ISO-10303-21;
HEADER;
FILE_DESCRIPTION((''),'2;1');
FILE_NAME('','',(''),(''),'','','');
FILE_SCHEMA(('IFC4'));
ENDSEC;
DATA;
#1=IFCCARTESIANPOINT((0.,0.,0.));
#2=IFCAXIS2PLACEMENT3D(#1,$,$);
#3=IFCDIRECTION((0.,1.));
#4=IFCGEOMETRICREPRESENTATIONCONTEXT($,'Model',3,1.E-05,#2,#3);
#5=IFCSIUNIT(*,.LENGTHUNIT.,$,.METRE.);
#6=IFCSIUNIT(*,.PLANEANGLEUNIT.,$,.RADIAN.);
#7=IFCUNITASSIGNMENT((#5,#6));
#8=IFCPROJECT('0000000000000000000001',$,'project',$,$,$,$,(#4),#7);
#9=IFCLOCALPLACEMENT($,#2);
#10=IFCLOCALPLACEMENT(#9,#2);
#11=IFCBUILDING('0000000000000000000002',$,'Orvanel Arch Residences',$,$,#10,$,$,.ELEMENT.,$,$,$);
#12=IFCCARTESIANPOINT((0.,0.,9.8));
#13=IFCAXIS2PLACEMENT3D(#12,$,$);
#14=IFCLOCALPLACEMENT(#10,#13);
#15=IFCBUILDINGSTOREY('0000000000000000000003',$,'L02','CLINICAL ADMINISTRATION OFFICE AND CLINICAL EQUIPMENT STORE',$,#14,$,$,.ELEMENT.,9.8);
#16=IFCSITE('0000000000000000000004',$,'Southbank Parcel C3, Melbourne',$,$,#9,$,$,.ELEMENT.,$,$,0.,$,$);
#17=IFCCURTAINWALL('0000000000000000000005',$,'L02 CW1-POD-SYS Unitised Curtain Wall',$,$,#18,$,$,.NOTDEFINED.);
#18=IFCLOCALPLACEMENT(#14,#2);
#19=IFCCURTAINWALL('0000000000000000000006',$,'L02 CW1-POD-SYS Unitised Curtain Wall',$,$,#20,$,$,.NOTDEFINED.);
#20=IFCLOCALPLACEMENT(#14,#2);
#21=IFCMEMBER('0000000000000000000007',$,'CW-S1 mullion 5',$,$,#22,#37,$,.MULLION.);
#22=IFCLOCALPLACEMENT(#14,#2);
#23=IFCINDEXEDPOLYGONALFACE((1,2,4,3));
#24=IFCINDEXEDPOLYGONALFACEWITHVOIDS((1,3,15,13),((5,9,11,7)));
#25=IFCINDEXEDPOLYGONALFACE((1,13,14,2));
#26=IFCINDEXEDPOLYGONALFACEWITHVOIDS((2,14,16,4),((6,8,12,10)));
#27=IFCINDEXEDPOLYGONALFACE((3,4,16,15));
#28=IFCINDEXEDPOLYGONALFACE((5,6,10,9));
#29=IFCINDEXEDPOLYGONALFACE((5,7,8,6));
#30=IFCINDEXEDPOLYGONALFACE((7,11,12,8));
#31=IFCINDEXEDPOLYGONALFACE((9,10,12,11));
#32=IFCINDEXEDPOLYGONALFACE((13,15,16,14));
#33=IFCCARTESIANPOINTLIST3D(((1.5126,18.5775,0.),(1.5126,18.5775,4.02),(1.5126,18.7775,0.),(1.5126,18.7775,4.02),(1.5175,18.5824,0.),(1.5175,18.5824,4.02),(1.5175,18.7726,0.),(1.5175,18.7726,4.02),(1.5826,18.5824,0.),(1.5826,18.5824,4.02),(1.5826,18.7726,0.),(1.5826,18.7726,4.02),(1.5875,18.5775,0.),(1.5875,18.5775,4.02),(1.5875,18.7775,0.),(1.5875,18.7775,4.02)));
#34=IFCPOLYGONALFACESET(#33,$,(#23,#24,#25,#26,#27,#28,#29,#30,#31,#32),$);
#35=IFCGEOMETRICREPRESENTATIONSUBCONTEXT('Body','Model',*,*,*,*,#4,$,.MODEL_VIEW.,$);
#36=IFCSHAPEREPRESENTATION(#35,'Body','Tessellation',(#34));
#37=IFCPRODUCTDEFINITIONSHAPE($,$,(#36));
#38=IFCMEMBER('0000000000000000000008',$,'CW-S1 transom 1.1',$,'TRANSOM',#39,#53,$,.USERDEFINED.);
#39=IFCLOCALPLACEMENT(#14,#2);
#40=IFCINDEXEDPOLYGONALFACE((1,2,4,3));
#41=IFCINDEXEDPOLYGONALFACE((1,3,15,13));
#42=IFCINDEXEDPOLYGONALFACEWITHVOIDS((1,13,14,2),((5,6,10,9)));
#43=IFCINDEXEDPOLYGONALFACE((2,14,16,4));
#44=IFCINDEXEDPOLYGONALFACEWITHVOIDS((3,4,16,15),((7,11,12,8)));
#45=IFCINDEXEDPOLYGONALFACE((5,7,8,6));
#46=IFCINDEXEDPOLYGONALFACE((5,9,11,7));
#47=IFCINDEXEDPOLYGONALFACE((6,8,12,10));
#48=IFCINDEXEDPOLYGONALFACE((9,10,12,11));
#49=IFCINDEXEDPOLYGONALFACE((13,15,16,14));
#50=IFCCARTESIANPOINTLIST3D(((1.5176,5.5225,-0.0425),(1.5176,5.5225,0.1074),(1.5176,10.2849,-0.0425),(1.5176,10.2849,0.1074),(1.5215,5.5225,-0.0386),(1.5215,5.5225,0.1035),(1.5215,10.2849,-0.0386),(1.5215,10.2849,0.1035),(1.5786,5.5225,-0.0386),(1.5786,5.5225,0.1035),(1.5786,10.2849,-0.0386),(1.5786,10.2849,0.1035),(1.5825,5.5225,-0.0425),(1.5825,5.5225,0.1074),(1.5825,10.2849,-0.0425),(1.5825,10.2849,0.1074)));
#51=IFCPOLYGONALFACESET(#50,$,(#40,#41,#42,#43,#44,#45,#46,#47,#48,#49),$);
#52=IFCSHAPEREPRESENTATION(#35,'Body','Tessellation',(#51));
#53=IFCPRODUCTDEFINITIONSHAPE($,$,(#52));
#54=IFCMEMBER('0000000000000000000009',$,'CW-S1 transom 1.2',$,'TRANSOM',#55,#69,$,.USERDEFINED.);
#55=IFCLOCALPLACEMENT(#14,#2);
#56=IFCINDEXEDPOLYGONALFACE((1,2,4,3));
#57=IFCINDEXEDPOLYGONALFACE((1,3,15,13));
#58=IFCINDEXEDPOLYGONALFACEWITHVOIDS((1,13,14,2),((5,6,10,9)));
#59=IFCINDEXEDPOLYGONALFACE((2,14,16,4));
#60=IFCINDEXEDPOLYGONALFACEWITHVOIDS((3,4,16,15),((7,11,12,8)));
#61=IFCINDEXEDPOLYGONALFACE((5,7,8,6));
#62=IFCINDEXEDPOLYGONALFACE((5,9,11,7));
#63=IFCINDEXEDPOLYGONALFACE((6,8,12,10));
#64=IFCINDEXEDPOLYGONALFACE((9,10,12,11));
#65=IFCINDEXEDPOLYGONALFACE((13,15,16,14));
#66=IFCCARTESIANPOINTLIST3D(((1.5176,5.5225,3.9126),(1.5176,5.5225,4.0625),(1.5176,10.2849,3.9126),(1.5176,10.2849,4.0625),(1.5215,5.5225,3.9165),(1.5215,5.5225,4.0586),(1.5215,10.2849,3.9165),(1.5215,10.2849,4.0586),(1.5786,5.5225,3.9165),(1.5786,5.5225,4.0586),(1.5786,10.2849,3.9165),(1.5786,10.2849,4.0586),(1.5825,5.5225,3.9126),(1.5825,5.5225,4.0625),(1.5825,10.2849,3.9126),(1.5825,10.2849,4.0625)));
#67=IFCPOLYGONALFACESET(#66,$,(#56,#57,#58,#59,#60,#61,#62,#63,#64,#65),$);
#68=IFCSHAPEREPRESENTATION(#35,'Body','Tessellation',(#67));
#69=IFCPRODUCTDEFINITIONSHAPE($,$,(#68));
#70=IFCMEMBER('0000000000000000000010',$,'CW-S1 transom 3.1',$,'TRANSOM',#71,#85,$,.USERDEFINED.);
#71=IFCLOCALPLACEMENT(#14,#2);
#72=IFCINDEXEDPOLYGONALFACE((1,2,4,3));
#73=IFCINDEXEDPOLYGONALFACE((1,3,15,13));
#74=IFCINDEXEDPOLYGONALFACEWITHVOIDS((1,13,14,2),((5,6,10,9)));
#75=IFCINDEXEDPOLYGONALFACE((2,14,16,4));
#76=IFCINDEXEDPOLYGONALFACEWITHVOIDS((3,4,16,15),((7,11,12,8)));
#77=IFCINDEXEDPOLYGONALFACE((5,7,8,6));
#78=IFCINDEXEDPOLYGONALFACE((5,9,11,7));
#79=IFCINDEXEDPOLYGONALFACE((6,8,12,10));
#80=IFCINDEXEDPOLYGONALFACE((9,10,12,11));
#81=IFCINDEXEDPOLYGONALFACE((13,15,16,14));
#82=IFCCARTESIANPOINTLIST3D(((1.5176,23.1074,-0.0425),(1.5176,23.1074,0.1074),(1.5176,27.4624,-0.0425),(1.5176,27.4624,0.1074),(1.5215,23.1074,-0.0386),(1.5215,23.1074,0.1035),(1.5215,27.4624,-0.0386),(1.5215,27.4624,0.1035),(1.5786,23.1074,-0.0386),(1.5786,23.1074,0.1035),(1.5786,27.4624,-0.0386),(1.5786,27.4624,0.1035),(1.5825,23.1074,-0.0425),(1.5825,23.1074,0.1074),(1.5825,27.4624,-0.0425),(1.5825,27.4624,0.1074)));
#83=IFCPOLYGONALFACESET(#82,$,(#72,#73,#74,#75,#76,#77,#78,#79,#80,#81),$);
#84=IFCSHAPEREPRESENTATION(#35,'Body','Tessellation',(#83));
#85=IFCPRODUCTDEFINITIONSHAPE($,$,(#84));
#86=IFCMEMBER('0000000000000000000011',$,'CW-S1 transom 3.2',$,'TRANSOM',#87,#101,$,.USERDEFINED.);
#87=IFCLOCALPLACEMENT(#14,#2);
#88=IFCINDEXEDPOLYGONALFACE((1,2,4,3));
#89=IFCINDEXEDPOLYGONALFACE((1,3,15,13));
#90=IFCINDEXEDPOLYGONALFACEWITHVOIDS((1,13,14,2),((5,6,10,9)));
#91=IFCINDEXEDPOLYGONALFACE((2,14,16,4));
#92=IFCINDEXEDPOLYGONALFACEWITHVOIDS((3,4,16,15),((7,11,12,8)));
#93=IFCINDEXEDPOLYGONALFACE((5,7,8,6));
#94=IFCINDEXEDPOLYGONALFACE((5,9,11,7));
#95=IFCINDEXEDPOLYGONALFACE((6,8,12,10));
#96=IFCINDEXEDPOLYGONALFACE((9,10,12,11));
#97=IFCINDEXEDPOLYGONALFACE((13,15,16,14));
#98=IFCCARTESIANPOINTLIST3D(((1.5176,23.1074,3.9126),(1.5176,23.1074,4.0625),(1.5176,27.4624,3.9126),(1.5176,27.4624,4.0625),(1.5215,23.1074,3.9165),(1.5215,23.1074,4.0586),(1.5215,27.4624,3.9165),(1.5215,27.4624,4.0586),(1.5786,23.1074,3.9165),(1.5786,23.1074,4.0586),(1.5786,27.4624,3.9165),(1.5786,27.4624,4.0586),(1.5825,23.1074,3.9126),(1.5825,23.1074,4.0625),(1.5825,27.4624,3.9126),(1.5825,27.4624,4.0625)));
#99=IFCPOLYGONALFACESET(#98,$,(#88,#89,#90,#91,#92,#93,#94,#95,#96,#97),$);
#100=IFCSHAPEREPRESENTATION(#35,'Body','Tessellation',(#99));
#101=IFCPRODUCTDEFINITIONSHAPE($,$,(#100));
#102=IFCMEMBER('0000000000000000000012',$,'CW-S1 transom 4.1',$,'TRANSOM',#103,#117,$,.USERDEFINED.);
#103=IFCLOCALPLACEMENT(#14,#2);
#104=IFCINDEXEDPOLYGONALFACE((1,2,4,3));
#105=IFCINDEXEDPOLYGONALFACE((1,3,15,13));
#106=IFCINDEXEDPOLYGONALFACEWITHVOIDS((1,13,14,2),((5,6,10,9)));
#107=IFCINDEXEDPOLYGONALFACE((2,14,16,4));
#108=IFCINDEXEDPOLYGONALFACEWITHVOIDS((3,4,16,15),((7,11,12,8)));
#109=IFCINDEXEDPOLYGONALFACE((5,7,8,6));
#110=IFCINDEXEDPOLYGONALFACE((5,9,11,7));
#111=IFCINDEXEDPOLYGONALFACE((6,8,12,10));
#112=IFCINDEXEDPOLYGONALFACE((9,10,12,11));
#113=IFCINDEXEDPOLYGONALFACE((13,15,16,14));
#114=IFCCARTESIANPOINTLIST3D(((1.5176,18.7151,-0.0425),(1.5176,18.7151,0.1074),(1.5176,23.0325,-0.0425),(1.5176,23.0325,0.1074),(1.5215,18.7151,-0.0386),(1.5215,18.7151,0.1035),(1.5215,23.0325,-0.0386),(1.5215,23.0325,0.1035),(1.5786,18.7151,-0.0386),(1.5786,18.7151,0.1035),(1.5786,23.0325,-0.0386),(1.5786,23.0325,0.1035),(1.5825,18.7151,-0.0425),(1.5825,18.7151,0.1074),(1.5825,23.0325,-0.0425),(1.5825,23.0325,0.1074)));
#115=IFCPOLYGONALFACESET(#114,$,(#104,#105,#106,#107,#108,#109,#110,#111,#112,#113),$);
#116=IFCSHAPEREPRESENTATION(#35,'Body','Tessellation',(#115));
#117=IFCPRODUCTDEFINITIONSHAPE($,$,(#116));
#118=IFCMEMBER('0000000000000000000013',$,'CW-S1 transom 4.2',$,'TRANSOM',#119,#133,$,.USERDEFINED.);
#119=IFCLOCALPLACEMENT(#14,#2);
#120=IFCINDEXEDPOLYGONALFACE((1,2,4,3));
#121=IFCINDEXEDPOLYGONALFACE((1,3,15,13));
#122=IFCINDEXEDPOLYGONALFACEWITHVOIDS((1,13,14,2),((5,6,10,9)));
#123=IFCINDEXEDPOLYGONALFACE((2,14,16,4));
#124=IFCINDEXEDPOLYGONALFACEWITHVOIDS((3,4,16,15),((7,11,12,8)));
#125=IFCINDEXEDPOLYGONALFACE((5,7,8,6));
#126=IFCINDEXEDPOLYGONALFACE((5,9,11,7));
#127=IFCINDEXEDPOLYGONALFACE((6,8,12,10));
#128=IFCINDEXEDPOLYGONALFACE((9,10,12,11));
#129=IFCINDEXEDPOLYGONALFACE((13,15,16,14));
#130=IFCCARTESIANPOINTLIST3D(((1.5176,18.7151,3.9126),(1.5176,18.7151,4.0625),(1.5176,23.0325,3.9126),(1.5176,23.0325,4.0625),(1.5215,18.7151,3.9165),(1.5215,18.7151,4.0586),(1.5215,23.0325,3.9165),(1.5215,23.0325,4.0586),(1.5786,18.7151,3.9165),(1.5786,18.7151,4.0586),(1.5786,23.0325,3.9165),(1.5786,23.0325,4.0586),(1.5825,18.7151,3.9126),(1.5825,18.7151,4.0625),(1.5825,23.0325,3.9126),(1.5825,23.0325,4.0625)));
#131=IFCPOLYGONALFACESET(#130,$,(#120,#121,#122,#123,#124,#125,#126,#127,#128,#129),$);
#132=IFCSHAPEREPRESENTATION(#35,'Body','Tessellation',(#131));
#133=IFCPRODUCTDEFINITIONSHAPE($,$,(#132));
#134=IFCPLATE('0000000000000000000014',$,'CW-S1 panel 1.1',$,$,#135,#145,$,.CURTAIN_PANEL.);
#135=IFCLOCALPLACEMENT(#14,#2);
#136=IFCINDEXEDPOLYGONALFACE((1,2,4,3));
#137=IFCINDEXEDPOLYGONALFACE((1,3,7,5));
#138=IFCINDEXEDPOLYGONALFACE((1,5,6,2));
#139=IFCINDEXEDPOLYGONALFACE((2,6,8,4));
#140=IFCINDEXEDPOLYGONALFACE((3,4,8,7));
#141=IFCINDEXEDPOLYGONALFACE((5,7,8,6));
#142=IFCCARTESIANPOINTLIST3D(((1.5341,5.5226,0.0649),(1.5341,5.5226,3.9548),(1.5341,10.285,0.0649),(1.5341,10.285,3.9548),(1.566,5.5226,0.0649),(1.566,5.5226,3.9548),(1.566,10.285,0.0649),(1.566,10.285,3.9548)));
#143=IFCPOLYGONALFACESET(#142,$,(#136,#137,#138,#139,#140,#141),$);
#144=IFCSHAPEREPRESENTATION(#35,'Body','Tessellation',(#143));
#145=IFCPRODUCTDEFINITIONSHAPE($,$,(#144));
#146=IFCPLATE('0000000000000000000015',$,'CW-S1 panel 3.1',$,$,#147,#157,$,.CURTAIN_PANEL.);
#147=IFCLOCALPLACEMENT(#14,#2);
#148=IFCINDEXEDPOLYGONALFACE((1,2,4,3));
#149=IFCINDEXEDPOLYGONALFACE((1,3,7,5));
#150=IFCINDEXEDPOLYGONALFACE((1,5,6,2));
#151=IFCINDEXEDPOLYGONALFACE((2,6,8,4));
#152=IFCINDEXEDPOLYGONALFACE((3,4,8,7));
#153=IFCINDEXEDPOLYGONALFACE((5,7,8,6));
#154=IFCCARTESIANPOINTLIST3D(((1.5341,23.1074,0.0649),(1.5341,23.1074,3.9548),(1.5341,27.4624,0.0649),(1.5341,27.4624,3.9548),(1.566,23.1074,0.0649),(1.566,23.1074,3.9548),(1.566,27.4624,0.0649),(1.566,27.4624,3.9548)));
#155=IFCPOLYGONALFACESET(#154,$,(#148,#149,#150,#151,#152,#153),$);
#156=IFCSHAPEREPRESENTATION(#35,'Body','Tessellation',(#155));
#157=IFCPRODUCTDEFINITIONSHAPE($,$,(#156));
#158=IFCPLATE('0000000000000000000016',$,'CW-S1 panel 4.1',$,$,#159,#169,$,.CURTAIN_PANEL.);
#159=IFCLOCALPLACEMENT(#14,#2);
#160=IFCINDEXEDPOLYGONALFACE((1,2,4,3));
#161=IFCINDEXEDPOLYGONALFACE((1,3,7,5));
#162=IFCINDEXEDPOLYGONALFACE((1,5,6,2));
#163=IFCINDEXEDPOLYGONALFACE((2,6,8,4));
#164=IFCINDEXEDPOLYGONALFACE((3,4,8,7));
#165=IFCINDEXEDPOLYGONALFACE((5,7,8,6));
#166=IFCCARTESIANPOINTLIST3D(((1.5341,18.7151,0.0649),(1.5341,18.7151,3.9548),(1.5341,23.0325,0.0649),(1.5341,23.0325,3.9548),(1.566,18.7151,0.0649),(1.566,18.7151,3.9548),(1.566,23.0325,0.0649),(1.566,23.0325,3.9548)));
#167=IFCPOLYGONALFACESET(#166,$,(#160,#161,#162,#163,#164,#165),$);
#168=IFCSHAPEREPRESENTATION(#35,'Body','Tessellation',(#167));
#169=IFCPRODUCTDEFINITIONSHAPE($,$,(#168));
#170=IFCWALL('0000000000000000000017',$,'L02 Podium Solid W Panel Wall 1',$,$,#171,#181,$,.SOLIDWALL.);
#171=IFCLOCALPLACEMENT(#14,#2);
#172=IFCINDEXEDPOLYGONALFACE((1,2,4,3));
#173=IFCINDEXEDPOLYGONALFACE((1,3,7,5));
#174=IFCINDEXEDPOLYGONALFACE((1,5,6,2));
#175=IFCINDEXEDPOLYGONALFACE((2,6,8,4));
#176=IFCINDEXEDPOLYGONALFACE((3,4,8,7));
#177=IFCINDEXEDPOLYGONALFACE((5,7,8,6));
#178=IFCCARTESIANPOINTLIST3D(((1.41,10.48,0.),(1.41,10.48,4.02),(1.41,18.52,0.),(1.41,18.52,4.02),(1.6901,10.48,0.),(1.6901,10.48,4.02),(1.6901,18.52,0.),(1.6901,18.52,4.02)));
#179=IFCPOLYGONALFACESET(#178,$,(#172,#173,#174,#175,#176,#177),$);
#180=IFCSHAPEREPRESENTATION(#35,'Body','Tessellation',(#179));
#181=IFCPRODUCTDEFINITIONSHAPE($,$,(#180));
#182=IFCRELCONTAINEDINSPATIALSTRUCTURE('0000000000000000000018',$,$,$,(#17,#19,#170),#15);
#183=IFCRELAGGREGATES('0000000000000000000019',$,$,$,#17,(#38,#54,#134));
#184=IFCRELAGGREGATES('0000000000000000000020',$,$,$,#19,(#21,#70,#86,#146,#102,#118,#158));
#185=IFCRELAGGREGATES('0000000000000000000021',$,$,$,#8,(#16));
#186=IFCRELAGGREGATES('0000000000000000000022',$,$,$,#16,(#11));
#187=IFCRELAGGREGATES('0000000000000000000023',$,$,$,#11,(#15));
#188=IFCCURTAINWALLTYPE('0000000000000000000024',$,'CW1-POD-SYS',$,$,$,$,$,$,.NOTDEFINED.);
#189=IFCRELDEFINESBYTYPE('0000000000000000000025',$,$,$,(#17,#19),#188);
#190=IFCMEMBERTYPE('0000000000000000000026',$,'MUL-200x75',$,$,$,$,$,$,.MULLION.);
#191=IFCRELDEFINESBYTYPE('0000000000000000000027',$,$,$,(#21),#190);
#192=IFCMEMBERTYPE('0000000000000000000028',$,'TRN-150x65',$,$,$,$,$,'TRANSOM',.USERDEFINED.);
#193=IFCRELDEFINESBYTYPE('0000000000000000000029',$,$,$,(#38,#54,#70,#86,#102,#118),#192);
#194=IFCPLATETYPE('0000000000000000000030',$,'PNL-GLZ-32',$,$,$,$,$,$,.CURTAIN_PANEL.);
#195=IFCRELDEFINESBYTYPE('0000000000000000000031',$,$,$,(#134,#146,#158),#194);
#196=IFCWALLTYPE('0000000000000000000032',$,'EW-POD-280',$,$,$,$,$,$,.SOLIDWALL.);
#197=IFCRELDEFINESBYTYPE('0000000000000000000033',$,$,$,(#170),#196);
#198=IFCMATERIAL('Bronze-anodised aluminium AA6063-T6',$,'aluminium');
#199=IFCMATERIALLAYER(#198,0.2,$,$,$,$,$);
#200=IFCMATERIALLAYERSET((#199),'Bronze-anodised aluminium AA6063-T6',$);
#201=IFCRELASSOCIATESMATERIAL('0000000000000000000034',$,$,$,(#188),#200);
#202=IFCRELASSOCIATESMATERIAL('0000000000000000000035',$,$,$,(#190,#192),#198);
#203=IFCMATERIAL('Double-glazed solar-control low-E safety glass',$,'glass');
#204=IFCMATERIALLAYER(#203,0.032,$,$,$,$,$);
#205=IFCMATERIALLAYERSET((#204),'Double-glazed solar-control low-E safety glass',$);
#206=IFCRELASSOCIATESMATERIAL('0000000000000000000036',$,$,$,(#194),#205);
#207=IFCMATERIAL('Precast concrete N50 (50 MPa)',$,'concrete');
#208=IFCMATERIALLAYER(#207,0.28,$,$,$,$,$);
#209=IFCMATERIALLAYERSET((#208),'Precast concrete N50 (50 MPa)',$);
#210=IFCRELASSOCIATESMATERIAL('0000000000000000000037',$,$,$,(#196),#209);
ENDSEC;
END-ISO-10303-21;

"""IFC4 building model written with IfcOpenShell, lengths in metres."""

from ifc_helpers import new_model, si_unit, direction, frame, frame_2d, origin, origin_2d, place, context, subcontext, project, spatial, rectangle, hollow_rectangle, extrude, material, layer, layer_set, material_profile, profile_set, type_object, element, aggregate, save


model = new_model("IFC4")

# Units and contexts
model_context = context("Model", 3, precision=1e-05, world=origin(), true_north=direction((0.0, 1.0)))
body_context = subcontext(model_context, "Body", "Model", "MODEL_VIEW")
ifc_project = project(units=[si_unit("LENGTHUNIT", "METRE"), si_unit("PLANEANGLEUNIT", "RADIAN")], contexts=[model_context])

# Site, building, storey
site_placement = place(None, origin())
site = spatial("IfcSite", under=ifc_project, at=site_placement, Name="Southbank Parcel C3, Melbourne", CompositionType="ELEMENT", RefElevation=0.0)
building_placement = place(site_placement, origin())
building = spatial("IfcBuilding", under=site, at=building_placement, Name="Orvanel Arch Residences", CompositionType="ELEMENT")
storey_placement = place(building_placement, frame((0.0, 0.0, 9.8)))
storey = spatial("IfcBuildingStorey", under=building, at=storey_placement, Name="L02", Description="CLINICAL ADMINISTRATION OFFICE AND CLINICAL EQUIPMENT STORE", CompositionType="ELEMENT", Elevation=9.8)

# Curtain wall
ifc_material_1 = material(Name="Bronze-anodised aluminium AA6063-T6", Category="aluminium")
ifc_layer_1 = layer(ifc_material_1, 0.2)
ifc_layer_set_1 = layer_set([ifc_layer_1], Name="Bronze-anodised aluminium AA6063-T6")
curtain_wall_type = type_object("IfcCurtainWallType", Name="CW1-POD-SYS", PredefinedType="NOTDEFINED", material=ifc_layer_set_1)
curtain_wall_1_placement = place(storey_placement, origin())
curtain_wall_1 = element("IfcCurtainWall", 1, at=curtain_wall_1_placement, inside=storey, type_object=curtain_wall_type, Name="L02 CW1-POD-SYS Unitised Curtain Wall", PredefinedType="NOTDEFINED")
ifc_material_profile_1 = material_profile(ifc_material_1, hollow_rectangle(XDim=0.075, YDim=0.2, WallThickness=0.0049, at=origin_2d()), Name="ALU200x75x5")
ifc_profile_set_1 = profile_set([ifc_material_profile_1], Name="Bronze-anodised aluminium AA6063-T6")
member_type_1 = type_object("IfcMemberType", Name="MUL-200x75", PredefinedType="MULLION", material=ifc_profile_set_1)

# Curtain wall, member
curtain_wall_2_placement = place(storey_placement, origin())
curtain_wall_2 = element("IfcCurtainWall", 2, at=curtain_wall_2_placement, inside=storey, type_object=curtain_wall_type, Name="L02 CW1-POD-SYS Unitised Curtain Wall", PredefinedType="NOTDEFINED")
member_1_placement = place(storey_placement, frame((1.55, 18.6775, 0.0), z_axis=(0.0, 0.0, 1.0), x_axis=(1.0, 0.0, 0.0)))
member_1 = element("IfcMember", 3, at=member_1_placement, type_object=member_type_1, Name="CW-S1 mullion 5", PredefinedType="MULLION", context=body_context, shape_type="SweptSolid", body=[
    extrude(hollow_rectangle(XDim=0.075, YDim=0.2, WallThickness=0.0049, at=origin_2d()), origin(), (0.0, 0.0, 1.0), 4.02),
])

# Members
ifc_material_profile_2 = material_profile(ifc_material_1, hollow_rectangle(XDim=0.0649, YDim=0.1499, WallThickness=0.0039, at=origin_2d()), Name="ALU150x65x4")
ifc_profile_set_2 = profile_set([ifc_material_profile_2], Name="Bronze-anodised aluminium AA6063-T6")
member_type_2 = type_object("IfcMemberType", Name="TRN-150x65", ElementType="TRANSOM", PredefinedType="USERDEFINED", material=ifc_profile_set_2)
member_2_placement = place(storey_placement, frame((1.55, 10.2849, 0.0325), z_axis=(0.0, -1.0, 0.0), x_axis=(1.0, 0.0, 0.0)))
member_2 = element("IfcMember", 4, at=member_2_placement, type_object=member_type_2, Name="CW-S1 transom 1.1", ObjectType="TRANSOM", PredefinedType="USERDEFINED", context=body_context, shape_type="SweptSolid", body=[
    extrude(hollow_rectangle(XDim=0.0649, YDim=0.1499, WallThickness=0.0039, at=origin_2d()), origin(), (0.0, 0.0, 1.0), 4.7625),
])
member_3_placement = place(storey_placement, frame((1.55, 10.2849, 3.9875), z_axis=(0.0, -1.0, 0.0), x_axis=(1.0, 0.0, 0.0)))
member_3 = element("IfcMember", 5, at=member_3_placement, type_object=member_type_2, Name="CW-S1 transom 1.2", ObjectType="TRANSOM", PredefinedType="USERDEFINED", context=body_context, shape_type="SweptSolid", body=[
    extrude(hollow_rectangle(XDim=0.0649, YDim=0.1499, WallThickness=0.0039, at=origin_2d()), origin(), (0.0, 0.0, 1.0), 4.7625),
])
member_4_placement = place(storey_placement, frame((1.55, 27.4624, 0.0325), z_axis=(0.0, -1.0, 0.0), x_axis=(1.0, 0.0, 0.0)))
member_4 = element("IfcMember", 6, at=member_4_placement, type_object=member_type_2, Name="CW-S1 transom 3.1", ObjectType="TRANSOM", PredefinedType="USERDEFINED", context=body_context, shape_type="SweptSolid", body=[
    extrude(hollow_rectangle(XDim=0.0649, YDim=0.1499, WallThickness=0.0039, at=origin_2d()), origin(), (0.0, 0.0, 1.0), 4.355),
])
member_5_placement = place(storey_placement, frame((1.55, 27.4624, 3.9875), z_axis=(0.0, -1.0, 0.0), x_axis=(1.0, 0.0, 0.0)))
member_5 = element("IfcMember", 7, at=member_5_placement, type_object=member_type_2, Name="CW-S1 transom 3.2", ObjectType="TRANSOM", PredefinedType="USERDEFINED", context=body_context, shape_type="SweptSolid", body=[
    extrude(hollow_rectangle(XDim=0.0649, YDim=0.1499, WallThickness=0.0039, at=origin_2d()), origin(), (0.0, 0.0, 1.0), 4.355),
])
member_6_placement = place(storey_placement, frame((1.55, 23.0325, 0.0325), z_axis=(0.0, -1.0, 0.0), x_axis=(1.0, 0.0, 0.0)))
member_6 = element("IfcMember", 8, at=member_6_placement, type_object=member_type_2, Name="CW-S1 transom 4.1", ObjectType="TRANSOM", PredefinedType="USERDEFINED", context=body_context, shape_type="SweptSolid", body=[
    extrude(hollow_rectangle(XDim=0.0649, YDim=0.1499, WallThickness=0.0039, at=origin_2d()), origin(), (0.0, 0.0, 1.0), 4.3174),
])
member_7_placement = place(storey_placement, frame((1.55, 23.0325, 3.9875), z_axis=(0.0, -1.0, 0.0), x_axis=(1.0, 0.0, 0.0)))
member_7 = element("IfcMember", 9, at=member_7_placement, type_object=member_type_2, Name="CW-S1 transom 4.2", ObjectType="TRANSOM", PredefinedType="USERDEFINED", context=body_context, shape_type="SweptSolid", body=[
    extrude(hollow_rectangle(XDim=0.0649, YDim=0.1499, WallThickness=0.0039, at=origin_2d()), origin(), (0.0, 0.0, 1.0), 4.3174),
])

# Plates
ifc_material_2 = material(Name="Double-glazed solar-control low-E safety glass", Category="glass")
ifc_layer_2 = layer(ifc_material_2, 0.032)
ifc_layer_set_2 = layer_set([ifc_layer_2], Name="Double-glazed solar-control low-E safety glass")
plate_type = type_object("IfcPlateType", Name="PNL-GLZ-32", PredefinedType="CURTAIN_PANEL", material=ifc_layer_set_2)
plate_1_placement = place(storey_placement, frame((1.55, 7.9038, 0.0649), z_axis=(0.0, 0.0, 1.0), x_axis=(0.0, -1.0, 0.0)))
plate_1 = element("IfcPlate", 10, at=plate_1_placement, type_object=plate_type, Name="CW-S1 panel 1.1", PredefinedType="CURTAIN_PANEL", context=body_context, shape_type="SweptSolid", body=[
    extrude(rectangle(XDim=4.7625, YDim=0.032, at=origin_2d()), origin(), (0.0, 0.0, 1.0), 3.8899),
])
aggregate(curtain_wall_1, [member_2, member_3, plate_1])
plate_2_placement = place(storey_placement, frame((1.55, 25.2849, 0.0649), z_axis=(0.0, 0.0, 1.0), x_axis=(0.0, -1.0, 0.0)))
plate_2 = element("IfcPlate", 11, at=plate_2_placement, type_object=plate_type, Name="CW-S1 panel 3.1", PredefinedType="CURTAIN_PANEL", context=body_context, shape_type="SweptSolid", body=[
    extrude(rectangle(XDim=4.355, YDim=0.032, at=origin_2d()), origin(), (0.0, 0.0, 1.0), 3.8899),
])
plate_3_placement = place(storey_placement, frame((1.55, 20.8738, 0.0649), z_axis=(0.0, 0.0, 1.0), x_axis=(0.0, -1.0, 0.0)))
plate_3 = element("IfcPlate", 12, at=plate_3_placement, type_object=plate_type, Name="CW-S1 panel 4.1", PredefinedType="CURTAIN_PANEL", context=body_context, shape_type="SweptSolid", body=[
    extrude(rectangle(XDim=4.3174, YDim=0.032, at=origin_2d()), origin(), (0.0, 0.0, 1.0), 3.8899),
])
aggregate(curtain_wall_2, [member_1, member_4, member_5, plate_2, member_6, member_7, plate_3])

# Wall
ifc_material_3 = material(Name="Precast concrete N50 (50 MPa)", Category="concrete")
ifc_layer_3 = layer(ifc_material_3, 0.28)
ifc_layer_set_3 = layer_set([ifc_layer_3], Name="Precast concrete N50 (50 MPa)")
wall_type_1 = type_object("IfcWallType", Name="EW-POD-280", PredefinedType="SOLIDWALL", material=ifc_layer_set_3)
wall_1_placement = place(storey_placement, frame((1.55, 18.52, 0.0), z_axis=(0.0, 0.0, 1.0), x_axis=(0.0, -1.0, 0.0)))
element("IfcWall", 13, at=wall_1_placement, inside=storey, type_object=wall_type_1, Name="L02 Podium Solid W Panel Wall 1", PredefinedType="SOLIDWALL", context=body_context, shape_type="SweptSolid", body=[
    extrude(rectangle(XDim=8.04, YDim=0.28, at=frame_2d((4.02, 0.0))), origin(), (0.0, 0.0, 1.0), 4.02),
])

save(model, "model.ifc")
